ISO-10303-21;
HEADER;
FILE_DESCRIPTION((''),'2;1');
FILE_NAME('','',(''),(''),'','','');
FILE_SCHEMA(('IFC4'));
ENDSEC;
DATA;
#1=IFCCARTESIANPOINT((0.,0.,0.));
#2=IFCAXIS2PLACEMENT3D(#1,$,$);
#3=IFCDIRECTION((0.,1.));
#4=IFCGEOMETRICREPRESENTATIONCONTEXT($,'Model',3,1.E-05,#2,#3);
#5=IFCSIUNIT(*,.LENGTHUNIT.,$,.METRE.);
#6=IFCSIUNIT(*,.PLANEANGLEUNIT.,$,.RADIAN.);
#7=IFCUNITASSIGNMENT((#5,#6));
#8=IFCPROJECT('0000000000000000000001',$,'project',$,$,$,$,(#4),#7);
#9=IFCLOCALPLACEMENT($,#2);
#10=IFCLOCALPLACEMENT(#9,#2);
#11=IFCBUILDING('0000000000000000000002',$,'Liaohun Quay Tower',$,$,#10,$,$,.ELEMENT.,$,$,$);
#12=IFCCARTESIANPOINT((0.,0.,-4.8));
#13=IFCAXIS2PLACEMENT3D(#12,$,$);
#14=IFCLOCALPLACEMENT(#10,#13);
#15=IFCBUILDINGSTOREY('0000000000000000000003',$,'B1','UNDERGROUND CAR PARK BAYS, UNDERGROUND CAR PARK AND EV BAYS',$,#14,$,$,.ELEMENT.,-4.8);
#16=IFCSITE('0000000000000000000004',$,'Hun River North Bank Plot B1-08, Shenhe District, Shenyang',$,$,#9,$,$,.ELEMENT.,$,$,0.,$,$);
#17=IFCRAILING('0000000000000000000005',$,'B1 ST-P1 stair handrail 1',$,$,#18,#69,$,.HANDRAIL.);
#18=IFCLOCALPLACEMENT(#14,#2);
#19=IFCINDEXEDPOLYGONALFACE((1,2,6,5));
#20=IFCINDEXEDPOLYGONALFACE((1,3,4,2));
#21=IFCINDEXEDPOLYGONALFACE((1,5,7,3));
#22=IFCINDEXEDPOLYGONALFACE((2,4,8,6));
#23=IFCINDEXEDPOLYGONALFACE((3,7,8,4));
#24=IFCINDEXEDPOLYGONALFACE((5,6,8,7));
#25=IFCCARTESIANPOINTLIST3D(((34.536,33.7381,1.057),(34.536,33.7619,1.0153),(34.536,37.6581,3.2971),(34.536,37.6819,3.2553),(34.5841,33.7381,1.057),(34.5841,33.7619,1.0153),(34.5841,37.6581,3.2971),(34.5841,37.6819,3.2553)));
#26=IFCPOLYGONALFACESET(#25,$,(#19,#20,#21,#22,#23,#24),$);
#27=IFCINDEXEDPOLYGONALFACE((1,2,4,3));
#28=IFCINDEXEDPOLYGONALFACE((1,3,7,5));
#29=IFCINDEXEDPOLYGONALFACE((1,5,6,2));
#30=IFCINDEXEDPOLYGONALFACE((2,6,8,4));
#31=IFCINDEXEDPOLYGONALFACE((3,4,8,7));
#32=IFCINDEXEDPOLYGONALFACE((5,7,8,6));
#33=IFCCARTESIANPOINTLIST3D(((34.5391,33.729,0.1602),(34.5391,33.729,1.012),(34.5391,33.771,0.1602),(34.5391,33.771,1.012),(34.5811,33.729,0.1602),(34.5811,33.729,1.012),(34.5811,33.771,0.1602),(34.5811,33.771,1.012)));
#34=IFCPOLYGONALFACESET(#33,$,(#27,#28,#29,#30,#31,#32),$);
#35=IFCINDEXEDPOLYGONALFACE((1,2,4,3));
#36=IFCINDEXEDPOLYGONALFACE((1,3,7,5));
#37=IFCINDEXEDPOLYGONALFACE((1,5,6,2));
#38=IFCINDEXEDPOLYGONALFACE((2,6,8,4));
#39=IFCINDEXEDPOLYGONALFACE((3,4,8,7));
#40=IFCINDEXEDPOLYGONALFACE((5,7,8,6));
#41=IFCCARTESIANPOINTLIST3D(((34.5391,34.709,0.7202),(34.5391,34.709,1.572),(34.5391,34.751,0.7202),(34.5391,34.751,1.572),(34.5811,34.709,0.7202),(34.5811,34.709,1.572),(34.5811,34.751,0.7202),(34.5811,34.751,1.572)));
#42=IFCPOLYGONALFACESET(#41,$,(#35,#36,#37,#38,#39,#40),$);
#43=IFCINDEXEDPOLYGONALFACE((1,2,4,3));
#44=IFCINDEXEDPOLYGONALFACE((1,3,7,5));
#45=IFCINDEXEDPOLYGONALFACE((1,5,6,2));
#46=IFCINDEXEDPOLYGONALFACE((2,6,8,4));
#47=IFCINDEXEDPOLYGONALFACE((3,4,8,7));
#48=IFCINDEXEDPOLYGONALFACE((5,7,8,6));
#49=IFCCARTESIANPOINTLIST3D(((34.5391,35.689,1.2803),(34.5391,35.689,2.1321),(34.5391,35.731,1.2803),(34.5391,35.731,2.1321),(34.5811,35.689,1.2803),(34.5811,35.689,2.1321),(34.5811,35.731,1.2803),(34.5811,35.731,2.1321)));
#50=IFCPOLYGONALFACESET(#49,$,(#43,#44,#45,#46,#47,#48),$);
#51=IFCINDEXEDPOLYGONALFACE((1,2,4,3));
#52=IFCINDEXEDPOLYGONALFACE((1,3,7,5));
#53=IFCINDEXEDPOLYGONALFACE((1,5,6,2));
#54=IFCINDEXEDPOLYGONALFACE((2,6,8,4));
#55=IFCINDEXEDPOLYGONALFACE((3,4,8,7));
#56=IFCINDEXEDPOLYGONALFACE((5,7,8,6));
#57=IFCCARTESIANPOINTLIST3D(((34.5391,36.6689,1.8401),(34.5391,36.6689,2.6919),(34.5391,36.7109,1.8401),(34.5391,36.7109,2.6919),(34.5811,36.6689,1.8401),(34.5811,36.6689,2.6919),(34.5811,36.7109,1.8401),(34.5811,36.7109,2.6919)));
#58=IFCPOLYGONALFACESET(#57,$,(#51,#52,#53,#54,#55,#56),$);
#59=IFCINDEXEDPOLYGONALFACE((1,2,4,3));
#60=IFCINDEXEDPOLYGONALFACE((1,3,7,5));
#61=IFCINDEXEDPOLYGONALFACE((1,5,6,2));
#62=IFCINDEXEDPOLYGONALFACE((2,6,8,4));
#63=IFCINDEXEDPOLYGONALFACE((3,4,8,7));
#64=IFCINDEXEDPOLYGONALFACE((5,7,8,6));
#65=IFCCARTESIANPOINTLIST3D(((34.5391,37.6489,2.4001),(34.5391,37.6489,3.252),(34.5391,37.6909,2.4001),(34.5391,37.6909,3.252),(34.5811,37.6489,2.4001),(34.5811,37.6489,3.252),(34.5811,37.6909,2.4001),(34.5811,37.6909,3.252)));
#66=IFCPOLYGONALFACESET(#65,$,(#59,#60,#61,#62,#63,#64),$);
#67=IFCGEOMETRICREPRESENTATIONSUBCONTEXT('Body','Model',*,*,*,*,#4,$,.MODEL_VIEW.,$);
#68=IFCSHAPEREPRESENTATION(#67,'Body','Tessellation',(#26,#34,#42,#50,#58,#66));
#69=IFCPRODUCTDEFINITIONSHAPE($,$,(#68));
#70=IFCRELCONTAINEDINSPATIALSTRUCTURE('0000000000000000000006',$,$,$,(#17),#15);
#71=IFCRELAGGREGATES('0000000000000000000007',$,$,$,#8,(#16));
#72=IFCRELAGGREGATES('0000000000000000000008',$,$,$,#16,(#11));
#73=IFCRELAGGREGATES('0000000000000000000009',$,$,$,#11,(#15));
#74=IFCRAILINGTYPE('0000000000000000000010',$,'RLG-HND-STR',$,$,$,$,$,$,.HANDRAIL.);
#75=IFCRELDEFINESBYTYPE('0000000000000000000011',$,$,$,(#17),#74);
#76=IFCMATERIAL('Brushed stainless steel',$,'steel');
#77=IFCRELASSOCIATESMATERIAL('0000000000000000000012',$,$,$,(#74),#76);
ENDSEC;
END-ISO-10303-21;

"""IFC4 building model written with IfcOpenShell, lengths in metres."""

from ifc_helpers import new_model, si_unit, direction, frame, origin, origin_2d, place, context, subcontext, project, spatial, rectangle, extrude, material, type_object, element, save


model = new_model("IFC4")

# Units and contexts
model_context = context("Model", 3, precision=1e-05, world=origin(), true_north=direction((0.0, 1.0)))
body_context = subcontext(model_context, "Body", "Model", "MODEL_VIEW")
ifc_project = project(units=[si_unit("LENGTHUNIT", "METRE"), si_unit("PLANEANGLEUNIT", "RADIAN")], contexts=[model_context])

# Site, building, storey
site_placement = place(None, origin())
site = spatial("IfcSite", under=ifc_project, at=site_placement, Name="Hun River North Bank Plot B1-08, Shenhe District, Shenyang", CompositionType="ELEMENT", RefElevation=0.0)
building_placement = place(site_placement, origin())
building = spatial("IfcBuilding", under=site, at=building_placement, Name="Liaohun Quay Tower", CompositionType="ELEMENT")
storey_placement = place(building_placement, frame((0.0, 0.0, -4.8)))
storey = spatial("IfcBuildingStorey", under=building, at=storey_placement, Name="B1", Description="UNDERGROUND CAR PARK BAYS, UNDERGROUND CAR PARK AND EV BAYS", CompositionType="ELEMENT", Elevation=-4.8)

# Railing
ifc_material_1 = material(Name="Brushed stainless steel", Category="steel")
railing_type_1 = type_object("IfcRailingType", Name="RLG-HND-STR", PredefinedType="HANDRAIL", material=ifc_material_1)
railing_1_placement = place(storey_placement, frame((34.5601, 33.75, 0.1602)))
element("IfcRailing", 1, at=railing_1_placement, inside=storey, type_object=railing_type_1, Name="B1 ST-P1 stair handrail 1", PredefinedType="HANDRAIL", context=body_context, shape_type="SweptSolid", body=[
    extrude(rectangle(XDim=0.0481, YDim=0.0481, at=origin_2d()), frame((0.0, 0.0, 0.876), z_axis=(0.0, 0.86824, 0.496145), x_axis=(-1.0, 0.0, 0.0)), (0.0, 0.0, 1.0), 4.5149),
    extrude(rectangle(XDim=0.042, YDim=0.042, at=origin_2d()), origin(), (0.0, 0.0, 1.0), 0.8518),
    extrude(rectangle(XDim=0.042, YDim=0.042, at=origin_2d()), frame((0.0, 0.98, 0.5601)), (0.0, 0.0, 1.0), 0.8518),
    extrude(rectangle(XDim=0.042, YDim=0.042, at=origin_2d()), frame((0.0, 1.96, 1.1201)), (0.0, 0.0, 1.0), 0.8518),
    extrude(rectangle(XDim=0.042, YDim=0.042, at=origin_2d()), frame((0.0, 2.9399, 1.6799)), (0.0, 0.0, 1.0), 0.8518),
    extrude(rectangle(XDim=0.042, YDim=0.042, at=origin_2d()), frame((0.0, 3.9199, 2.24)), (0.0, 0.0, 1.0), 0.8518),
])

save(model, "model.ifc")
